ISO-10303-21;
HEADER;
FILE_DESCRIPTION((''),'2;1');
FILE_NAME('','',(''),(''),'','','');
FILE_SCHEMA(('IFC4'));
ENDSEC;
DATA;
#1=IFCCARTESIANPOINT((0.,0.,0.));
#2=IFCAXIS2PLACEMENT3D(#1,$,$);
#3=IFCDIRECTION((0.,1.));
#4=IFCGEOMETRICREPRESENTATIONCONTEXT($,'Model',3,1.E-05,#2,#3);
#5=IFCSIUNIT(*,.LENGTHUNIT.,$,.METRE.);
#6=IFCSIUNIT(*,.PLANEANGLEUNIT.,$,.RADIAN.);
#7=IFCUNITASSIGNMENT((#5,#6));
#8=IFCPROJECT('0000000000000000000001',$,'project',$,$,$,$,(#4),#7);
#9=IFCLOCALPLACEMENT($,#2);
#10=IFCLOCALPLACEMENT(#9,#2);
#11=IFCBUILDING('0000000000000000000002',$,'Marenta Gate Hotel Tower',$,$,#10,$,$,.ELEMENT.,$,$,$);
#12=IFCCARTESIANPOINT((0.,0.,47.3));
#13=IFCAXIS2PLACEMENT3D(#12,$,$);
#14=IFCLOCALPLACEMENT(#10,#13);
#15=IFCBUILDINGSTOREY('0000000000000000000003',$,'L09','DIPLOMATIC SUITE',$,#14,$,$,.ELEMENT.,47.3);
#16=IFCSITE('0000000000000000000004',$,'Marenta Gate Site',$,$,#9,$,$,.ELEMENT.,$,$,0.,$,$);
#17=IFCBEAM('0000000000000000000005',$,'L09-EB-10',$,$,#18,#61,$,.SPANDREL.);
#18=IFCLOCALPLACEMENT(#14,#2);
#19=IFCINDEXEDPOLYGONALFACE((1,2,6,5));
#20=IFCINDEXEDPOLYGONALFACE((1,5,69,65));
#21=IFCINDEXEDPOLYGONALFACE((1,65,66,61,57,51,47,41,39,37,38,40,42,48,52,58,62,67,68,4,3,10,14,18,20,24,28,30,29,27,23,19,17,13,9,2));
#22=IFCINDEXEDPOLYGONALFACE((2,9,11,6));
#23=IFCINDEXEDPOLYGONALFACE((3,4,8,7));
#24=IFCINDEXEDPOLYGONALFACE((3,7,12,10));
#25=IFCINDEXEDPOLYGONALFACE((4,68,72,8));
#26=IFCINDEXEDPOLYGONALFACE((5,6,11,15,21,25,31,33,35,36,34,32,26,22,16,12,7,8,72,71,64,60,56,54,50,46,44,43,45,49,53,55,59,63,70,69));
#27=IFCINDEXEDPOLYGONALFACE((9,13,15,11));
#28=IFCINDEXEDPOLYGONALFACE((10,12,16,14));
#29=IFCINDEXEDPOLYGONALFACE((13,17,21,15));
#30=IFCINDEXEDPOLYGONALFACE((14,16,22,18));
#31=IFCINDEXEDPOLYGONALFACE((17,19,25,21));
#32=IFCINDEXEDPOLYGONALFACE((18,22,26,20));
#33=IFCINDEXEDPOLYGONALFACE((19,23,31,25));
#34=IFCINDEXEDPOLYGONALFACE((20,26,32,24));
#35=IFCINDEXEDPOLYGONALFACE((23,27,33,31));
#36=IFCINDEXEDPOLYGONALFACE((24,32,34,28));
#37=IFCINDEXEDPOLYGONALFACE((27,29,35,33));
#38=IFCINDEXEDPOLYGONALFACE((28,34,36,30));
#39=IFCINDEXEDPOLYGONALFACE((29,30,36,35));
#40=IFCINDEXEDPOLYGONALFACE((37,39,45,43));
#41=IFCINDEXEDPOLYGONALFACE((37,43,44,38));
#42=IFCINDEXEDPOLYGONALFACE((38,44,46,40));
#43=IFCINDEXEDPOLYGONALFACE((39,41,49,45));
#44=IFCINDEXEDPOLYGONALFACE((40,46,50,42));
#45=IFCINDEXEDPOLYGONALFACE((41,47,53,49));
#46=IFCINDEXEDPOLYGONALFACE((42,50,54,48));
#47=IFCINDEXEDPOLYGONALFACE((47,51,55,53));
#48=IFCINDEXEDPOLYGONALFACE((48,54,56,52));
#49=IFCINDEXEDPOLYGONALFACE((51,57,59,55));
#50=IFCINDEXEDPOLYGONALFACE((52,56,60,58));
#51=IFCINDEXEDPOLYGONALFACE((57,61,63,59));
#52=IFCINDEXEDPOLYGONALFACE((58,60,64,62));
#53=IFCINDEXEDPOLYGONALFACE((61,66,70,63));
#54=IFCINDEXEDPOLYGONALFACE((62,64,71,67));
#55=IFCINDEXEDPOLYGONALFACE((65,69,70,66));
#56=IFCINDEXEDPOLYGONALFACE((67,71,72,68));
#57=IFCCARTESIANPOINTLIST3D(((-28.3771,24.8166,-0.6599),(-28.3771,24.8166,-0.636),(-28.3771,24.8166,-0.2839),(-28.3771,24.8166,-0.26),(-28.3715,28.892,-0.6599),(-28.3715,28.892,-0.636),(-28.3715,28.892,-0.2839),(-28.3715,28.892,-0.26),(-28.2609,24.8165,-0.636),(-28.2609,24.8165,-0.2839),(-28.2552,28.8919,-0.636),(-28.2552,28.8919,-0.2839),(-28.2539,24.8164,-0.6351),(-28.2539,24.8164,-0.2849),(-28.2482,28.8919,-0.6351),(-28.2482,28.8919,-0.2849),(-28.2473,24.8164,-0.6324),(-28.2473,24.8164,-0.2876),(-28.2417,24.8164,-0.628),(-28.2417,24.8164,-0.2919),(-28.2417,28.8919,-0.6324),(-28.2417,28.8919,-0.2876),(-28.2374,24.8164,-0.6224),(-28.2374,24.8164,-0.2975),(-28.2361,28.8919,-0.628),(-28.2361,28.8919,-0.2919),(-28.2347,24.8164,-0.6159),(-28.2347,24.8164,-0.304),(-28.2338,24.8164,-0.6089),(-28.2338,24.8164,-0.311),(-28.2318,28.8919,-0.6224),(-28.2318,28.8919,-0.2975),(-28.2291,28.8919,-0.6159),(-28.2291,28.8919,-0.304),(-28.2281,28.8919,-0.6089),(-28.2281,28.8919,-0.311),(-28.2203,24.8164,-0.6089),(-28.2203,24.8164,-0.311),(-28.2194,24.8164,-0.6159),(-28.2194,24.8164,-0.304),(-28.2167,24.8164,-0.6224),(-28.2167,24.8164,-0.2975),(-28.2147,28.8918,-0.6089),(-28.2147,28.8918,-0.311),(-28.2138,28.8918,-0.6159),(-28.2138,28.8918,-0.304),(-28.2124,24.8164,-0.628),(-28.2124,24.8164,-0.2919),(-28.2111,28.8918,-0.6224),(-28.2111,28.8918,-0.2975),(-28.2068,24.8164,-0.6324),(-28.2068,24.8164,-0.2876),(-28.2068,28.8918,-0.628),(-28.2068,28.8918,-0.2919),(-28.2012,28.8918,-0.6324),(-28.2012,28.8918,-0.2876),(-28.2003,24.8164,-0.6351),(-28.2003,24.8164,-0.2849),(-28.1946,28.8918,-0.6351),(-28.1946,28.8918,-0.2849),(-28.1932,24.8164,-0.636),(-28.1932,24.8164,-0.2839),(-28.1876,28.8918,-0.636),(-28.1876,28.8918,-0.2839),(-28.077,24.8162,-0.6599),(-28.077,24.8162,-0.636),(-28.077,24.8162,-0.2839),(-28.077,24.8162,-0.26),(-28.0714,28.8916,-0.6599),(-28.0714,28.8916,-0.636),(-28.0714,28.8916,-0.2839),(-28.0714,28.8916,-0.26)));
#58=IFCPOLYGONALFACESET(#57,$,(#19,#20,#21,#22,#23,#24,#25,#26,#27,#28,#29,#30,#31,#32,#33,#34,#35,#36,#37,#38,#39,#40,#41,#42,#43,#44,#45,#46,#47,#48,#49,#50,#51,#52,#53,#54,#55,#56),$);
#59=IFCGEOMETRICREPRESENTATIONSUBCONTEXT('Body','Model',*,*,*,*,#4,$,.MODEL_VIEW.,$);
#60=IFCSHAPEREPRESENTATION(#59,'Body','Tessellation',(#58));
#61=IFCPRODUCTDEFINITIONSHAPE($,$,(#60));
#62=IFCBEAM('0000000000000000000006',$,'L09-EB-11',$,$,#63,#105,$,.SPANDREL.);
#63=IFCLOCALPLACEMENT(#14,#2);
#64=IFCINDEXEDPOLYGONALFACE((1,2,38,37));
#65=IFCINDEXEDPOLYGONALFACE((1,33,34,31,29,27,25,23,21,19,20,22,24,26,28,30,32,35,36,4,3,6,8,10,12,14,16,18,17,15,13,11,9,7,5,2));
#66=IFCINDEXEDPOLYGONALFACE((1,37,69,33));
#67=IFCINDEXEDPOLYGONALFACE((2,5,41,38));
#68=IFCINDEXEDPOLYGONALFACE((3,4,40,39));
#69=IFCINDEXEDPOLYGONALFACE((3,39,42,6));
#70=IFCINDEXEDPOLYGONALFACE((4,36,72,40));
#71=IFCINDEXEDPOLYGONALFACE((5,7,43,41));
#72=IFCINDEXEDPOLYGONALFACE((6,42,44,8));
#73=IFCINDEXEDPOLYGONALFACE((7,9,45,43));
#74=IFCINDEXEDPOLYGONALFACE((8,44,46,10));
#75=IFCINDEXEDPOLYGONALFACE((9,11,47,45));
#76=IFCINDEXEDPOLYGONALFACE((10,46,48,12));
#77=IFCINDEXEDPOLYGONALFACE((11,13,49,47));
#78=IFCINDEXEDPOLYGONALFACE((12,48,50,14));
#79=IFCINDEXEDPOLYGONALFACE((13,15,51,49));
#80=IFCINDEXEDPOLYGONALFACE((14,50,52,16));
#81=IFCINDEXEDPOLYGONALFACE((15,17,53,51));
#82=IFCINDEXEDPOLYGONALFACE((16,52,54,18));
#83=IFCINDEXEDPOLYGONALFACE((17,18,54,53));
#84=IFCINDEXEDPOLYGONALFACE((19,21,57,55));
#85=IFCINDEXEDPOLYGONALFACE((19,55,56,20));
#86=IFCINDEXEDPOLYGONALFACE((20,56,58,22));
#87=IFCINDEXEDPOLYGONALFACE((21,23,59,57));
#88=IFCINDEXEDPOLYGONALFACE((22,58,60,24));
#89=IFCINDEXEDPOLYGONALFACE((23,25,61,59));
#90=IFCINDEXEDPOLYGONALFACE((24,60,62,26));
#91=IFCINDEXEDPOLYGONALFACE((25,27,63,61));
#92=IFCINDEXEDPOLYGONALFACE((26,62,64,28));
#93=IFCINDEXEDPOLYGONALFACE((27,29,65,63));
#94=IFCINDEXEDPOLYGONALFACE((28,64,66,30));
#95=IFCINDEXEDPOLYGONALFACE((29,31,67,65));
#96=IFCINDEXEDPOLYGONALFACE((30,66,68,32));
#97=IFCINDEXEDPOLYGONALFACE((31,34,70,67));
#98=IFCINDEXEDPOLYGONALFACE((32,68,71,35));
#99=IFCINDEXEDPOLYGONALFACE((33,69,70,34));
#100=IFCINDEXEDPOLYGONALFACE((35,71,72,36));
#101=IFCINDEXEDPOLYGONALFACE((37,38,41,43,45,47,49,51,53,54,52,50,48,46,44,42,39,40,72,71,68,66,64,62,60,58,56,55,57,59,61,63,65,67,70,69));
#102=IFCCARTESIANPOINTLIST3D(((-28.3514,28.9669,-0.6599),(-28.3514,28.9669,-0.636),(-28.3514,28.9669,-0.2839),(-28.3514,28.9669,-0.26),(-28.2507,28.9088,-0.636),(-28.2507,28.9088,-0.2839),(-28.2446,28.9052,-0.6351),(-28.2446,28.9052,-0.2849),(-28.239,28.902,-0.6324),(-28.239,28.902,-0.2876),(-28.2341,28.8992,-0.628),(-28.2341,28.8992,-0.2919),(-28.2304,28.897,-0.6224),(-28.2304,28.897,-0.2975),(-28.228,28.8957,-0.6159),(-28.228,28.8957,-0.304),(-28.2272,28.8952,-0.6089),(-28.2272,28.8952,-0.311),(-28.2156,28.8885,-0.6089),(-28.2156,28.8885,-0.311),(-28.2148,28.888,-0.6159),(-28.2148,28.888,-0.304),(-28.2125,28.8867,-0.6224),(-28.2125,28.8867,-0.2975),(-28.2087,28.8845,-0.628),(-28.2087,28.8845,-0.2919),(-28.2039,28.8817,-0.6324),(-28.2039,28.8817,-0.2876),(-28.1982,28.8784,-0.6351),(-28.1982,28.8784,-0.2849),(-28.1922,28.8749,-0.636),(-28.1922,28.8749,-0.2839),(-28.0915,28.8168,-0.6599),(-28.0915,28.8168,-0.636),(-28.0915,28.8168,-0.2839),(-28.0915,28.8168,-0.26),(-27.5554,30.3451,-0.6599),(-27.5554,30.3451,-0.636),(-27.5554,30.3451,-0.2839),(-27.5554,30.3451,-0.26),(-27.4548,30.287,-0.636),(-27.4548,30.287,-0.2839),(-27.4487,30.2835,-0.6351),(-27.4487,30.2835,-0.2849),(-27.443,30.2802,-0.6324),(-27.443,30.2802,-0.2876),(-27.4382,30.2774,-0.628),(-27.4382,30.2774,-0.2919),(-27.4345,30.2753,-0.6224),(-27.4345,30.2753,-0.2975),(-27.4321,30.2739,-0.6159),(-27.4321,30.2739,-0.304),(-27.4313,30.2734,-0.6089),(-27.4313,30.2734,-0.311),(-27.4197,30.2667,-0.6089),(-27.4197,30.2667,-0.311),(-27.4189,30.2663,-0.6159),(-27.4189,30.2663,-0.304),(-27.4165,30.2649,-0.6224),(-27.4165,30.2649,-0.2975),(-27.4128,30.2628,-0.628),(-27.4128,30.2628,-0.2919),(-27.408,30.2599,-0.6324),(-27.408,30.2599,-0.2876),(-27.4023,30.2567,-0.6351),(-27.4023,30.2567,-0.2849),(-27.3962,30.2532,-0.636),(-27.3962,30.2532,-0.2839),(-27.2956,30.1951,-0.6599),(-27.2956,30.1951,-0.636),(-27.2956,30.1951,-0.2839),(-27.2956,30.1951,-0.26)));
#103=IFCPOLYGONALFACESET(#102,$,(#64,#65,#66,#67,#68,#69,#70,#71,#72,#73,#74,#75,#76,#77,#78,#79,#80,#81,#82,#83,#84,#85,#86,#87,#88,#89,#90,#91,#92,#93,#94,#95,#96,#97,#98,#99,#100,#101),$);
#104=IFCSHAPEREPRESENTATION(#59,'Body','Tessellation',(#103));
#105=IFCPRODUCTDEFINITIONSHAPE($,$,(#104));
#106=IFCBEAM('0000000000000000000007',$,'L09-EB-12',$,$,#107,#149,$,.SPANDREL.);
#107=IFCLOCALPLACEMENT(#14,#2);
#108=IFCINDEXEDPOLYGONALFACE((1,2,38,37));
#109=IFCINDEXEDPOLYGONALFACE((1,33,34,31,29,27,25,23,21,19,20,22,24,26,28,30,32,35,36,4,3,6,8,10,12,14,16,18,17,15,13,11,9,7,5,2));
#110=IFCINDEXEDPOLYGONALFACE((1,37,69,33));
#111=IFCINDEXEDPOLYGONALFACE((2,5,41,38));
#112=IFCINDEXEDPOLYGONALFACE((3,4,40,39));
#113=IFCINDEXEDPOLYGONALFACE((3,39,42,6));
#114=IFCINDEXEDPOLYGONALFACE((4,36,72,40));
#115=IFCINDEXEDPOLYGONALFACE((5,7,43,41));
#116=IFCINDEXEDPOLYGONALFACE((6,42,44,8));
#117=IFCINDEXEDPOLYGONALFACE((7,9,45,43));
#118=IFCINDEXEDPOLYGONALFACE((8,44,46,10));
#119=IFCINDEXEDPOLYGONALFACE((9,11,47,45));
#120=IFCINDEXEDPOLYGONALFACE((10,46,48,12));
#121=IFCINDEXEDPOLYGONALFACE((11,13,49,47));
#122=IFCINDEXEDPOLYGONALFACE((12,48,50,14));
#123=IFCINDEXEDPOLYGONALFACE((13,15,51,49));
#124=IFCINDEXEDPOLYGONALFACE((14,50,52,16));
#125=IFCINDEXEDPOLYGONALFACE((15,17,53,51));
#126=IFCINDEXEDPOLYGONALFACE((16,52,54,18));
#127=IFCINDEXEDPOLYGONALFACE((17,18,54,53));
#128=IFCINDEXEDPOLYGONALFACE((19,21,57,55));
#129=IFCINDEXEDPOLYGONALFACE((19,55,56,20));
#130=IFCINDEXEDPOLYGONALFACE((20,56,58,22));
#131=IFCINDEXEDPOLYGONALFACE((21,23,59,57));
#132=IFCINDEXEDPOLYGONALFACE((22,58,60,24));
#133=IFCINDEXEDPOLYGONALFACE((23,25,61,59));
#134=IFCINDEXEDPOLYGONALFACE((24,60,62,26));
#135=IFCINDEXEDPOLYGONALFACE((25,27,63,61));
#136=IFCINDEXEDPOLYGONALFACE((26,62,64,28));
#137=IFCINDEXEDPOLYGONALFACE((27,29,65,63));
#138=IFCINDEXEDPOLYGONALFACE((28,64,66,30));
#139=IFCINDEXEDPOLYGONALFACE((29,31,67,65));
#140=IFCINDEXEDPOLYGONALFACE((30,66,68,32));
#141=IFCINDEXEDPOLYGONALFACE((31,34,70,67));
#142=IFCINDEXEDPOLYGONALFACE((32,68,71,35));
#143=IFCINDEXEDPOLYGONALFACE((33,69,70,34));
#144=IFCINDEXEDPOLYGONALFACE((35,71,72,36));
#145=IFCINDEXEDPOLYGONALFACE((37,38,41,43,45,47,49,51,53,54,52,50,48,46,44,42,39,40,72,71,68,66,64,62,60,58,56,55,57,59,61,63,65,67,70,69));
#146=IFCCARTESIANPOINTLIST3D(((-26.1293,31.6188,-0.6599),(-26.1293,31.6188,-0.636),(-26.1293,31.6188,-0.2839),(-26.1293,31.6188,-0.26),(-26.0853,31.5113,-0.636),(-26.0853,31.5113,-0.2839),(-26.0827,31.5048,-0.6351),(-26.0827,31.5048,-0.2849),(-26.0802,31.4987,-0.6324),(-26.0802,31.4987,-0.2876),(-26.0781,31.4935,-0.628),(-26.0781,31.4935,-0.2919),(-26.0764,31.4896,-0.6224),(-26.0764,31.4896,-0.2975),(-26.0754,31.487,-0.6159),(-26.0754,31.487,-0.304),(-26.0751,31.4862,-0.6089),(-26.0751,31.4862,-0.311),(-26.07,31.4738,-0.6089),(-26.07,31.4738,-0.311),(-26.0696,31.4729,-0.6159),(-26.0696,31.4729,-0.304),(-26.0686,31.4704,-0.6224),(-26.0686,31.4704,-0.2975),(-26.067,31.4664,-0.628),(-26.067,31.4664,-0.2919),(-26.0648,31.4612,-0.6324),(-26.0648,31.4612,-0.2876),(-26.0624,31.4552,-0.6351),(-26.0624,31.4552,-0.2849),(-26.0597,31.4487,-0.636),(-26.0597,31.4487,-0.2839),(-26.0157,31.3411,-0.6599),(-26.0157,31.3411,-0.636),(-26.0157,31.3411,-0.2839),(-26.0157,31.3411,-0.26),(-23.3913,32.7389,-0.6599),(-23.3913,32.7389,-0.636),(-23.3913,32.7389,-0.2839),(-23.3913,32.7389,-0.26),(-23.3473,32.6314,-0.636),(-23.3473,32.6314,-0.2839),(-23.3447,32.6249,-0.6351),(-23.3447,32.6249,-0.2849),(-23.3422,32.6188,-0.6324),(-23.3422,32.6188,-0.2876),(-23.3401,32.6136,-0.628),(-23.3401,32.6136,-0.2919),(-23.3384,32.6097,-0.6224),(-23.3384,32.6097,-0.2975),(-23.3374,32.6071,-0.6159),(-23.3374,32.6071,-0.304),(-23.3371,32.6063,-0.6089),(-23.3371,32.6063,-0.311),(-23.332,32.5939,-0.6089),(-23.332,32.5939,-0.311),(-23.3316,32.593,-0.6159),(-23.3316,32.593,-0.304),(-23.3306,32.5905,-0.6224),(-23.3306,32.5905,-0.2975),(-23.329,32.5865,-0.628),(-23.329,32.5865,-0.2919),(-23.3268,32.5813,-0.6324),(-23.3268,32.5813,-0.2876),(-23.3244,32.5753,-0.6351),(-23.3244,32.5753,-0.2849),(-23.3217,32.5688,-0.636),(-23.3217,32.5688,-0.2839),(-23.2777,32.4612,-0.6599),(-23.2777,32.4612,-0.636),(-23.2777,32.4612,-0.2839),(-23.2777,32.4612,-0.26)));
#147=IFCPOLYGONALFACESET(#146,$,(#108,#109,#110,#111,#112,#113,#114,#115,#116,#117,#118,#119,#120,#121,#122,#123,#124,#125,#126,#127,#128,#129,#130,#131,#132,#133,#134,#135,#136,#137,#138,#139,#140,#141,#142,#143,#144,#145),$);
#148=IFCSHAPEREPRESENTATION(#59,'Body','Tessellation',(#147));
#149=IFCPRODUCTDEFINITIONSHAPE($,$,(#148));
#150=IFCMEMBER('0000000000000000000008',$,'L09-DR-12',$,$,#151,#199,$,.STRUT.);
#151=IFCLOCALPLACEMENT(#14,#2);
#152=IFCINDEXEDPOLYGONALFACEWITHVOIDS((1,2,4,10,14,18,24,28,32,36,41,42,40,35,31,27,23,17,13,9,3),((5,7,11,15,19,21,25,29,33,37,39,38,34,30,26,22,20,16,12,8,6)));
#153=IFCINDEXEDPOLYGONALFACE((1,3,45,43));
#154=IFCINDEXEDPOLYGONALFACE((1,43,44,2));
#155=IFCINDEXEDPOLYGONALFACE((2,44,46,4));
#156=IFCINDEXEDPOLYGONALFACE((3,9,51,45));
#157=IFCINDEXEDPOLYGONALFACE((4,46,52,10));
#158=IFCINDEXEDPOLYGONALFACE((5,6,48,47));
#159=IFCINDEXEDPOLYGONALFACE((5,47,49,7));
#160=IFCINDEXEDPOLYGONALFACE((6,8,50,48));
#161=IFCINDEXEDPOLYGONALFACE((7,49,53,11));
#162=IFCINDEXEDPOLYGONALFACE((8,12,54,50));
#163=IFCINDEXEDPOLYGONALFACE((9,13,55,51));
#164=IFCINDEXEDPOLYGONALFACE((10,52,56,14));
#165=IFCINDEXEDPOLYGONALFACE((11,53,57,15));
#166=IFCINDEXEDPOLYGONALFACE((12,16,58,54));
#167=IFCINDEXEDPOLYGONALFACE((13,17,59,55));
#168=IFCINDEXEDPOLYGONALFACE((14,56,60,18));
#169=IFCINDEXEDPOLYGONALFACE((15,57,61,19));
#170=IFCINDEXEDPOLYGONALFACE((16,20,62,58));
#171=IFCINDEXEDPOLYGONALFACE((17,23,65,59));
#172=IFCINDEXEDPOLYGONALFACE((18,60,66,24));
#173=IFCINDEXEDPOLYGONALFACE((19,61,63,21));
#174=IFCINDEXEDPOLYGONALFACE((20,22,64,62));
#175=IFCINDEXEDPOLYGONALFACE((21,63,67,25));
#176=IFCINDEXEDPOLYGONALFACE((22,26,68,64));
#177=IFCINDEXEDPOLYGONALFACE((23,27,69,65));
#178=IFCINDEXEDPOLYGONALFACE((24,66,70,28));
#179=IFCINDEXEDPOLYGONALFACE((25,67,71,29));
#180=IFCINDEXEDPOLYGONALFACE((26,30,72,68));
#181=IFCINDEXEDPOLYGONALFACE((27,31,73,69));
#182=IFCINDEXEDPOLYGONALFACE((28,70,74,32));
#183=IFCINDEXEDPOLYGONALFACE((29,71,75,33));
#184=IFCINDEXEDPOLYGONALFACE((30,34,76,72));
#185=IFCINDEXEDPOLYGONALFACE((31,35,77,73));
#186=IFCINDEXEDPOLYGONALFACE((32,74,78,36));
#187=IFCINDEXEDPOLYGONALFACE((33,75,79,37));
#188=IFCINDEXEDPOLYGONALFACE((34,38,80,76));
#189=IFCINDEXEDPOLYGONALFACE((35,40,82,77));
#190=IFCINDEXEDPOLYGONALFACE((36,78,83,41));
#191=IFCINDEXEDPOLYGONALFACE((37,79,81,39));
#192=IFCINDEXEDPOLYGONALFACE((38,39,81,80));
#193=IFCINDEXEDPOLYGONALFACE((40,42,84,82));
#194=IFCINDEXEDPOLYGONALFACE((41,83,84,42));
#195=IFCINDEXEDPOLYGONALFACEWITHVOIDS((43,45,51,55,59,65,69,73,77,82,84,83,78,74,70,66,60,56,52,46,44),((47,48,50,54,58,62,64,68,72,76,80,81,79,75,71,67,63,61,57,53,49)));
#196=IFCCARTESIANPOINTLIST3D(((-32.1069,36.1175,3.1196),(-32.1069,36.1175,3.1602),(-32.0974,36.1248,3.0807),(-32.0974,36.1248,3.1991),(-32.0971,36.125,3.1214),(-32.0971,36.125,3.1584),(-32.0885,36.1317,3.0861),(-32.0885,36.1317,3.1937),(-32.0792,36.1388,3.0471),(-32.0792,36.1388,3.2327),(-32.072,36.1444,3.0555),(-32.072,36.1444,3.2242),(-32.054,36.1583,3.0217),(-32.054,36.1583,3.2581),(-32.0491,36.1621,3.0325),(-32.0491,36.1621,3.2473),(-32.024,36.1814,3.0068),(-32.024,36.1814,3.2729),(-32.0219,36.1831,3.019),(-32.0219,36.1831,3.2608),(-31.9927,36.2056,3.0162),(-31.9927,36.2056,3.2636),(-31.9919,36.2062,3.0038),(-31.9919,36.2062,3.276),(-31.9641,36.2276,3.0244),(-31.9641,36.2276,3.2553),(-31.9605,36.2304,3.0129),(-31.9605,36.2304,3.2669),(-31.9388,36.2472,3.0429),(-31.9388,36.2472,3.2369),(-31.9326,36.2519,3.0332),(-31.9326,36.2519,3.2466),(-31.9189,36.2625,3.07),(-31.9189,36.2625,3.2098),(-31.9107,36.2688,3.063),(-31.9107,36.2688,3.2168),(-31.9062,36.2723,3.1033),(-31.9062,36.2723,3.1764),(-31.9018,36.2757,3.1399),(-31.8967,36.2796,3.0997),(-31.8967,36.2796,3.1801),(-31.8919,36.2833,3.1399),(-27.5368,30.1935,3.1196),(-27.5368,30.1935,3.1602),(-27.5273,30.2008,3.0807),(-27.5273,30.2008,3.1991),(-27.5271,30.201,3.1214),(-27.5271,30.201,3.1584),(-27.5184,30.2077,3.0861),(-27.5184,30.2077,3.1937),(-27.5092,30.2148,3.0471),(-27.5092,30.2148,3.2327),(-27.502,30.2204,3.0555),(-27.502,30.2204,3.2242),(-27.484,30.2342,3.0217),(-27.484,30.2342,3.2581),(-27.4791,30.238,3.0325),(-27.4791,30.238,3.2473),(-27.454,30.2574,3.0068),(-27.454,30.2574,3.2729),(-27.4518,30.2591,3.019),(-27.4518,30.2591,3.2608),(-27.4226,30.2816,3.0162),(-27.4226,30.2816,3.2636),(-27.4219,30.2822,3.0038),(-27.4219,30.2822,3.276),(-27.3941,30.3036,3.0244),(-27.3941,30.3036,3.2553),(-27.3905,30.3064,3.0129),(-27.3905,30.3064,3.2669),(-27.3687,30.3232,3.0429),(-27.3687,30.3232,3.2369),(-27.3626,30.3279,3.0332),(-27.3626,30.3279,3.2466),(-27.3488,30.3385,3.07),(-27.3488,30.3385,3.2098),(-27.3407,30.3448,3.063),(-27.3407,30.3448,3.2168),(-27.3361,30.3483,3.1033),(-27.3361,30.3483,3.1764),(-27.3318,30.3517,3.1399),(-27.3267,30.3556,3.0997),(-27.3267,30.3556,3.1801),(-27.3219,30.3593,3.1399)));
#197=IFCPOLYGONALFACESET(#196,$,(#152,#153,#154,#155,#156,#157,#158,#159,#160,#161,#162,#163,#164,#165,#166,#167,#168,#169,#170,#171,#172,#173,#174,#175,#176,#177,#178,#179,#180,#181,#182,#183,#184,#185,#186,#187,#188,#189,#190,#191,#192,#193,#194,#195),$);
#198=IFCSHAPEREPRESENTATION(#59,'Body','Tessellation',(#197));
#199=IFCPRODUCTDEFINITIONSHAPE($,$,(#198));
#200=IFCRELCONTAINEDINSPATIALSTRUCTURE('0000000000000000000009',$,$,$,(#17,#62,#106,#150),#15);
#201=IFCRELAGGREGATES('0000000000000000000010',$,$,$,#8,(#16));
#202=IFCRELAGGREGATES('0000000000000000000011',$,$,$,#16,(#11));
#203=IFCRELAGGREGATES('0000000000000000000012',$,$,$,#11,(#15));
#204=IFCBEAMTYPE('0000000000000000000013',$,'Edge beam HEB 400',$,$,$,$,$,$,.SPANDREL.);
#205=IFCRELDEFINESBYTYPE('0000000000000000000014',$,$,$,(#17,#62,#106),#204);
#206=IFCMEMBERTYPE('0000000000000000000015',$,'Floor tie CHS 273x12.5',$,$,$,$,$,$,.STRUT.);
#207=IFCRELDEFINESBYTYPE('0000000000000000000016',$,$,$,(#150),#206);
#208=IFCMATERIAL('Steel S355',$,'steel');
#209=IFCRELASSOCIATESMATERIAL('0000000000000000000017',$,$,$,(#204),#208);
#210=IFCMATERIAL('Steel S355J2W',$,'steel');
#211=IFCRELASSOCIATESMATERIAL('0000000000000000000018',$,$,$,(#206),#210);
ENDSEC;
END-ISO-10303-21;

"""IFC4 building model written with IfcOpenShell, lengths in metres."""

from ifc_helpers import new_model, si_unit, direction, frame, origin, origin_2d, place, context, subcontext, project, spatial, hollow_circle, i_section, extrude, material, material_profile, profile_set, type_object, element, save


model = new_model("IFC4")

# Units and contexts
model_context = context("Model", 3, precision=1e-05, world=origin(), true_north=direction((0.0, 1.0)))
body_context = subcontext(model_context, "Body", "Model", "MODEL_VIEW")
ifc_project = project(units=[si_unit("LENGTHUNIT", "METRE"), si_unit("PLANEANGLEUNIT", "RADIAN")], contexts=[model_context])

# Site, building, storey
site_placement = place(None, origin())
site = spatial("IfcSite", under=ifc_project, at=site_placement, Name="Marenta Gate Site", CompositionType="ELEMENT", RefElevation=0.0)
building_placement = place(site_placement, origin())
building = spatial("IfcBuilding", under=site, at=building_placement, Name="Marenta Gate Hotel Tower", CompositionType="ELEMENT")
storey_placement = place(building_placement, frame((0.0, 0.0, 47.3)))
storey = spatial("IfcBuildingStorey", under=building, at=storey_placement, Name="L09", Description="DIPLOMATIC SUITE", CompositionType="ELEMENT", Elevation=47.3)

# Beams
ifc_material_1 = material(Name="Steel S355", Category="steel")
ifc_material_profile_1 = material_profile(ifc_material_1, i_section(OverallWidth=0.3, OverallDepth=0.3999, WebThickness=0.0134, FlangeThickness=0.0239, FilletRadius=0.0271, at=origin_2d()), Name="HEB 400")
ifc_profile_set_1 = profile_set([ifc_material_profile_1], Name="Steel S355")
beam_type_1 = type_object("IfcBeamType", Name="Edge beam HEB 400", PredefinedType="SPANDREL", material=ifc_profile_set_1)
beam_1_placement = place(storey_placement, frame((-28.2271, 24.8164, -0.46), z_axis=(0.001378, 0.999999, 0.0), x_axis=(-0.999999, 0.001378, 0.0)))
element("IfcBeam", 1, at=beam_1_placement, inside=storey, type_object=beam_type_1, Name="L09-EB-10", PredefinedType="SPANDREL", context=body_context, shape_type="SweptSolid", body=[
    extrude(i_section(OverallWidth=0.3, OverallDepth=0.3999, WebThickness=0.0134, FlangeThickness=0.0239, FilletRadius=0.0271, at=origin_2d()), origin(), (0.0, 0.0, 1.0), 4.0754),
])
beam_2_placement = place(storey_placement, frame((-28.2214, 28.8918, -0.46), z_axis=(0.500099, 0.865968, 0.0), x_axis=(-0.865968, 0.500099, 0.0)))
element("IfcBeam", 2, at=beam_2_placement, inside=storey, type_object=beam_type_1, Name="L09-EB-11", PredefinedType="SPANDREL", context=body_context, shape_type="SweptSolid", body=[
    extrude(i_section(OverallWidth=0.3, OverallDepth=0.3999, WebThickness=0.0134, FlangeThickness=0.0239, FilletRadius=0.0271, at=origin_2d()), origin(), (0.0, 0.0, 1.0), 1.5916),
])
beam_3_placement = place(storey_placement, frame((-26.0725, 31.48, -0.46), z_axis=(0.925546, 0.378636, 0.0), x_axis=(-0.378636, 0.925546, 0.0)))
element("IfcBeam", 3, at=beam_3_placement, inside=storey, type_object=beam_type_1, Name="L09-EB-12", PredefinedType="SPANDREL", context=body_context, shape_type="SweptSolid", body=[
    extrude(i_section(OverallWidth=0.3, OverallDepth=0.3999, WebThickness=0.0134, FlangeThickness=0.0239, FilletRadius=0.0271, at=origin_2d()), origin(), (0.0, 0.0, 1.0), 2.9583),
])

# Member
ifc_material_2 = material(Name="Steel S355J2W", Category="steel")
ifc_material_profile_2 = material_profile(ifc_material_2, hollow_circle(Radius=0.1365, WallThickness=0.0125, at=origin_2d()), Name="CHS 273x12.5")
ifc_profile_set_2 = profile_set([ifc_material_profile_2], Name="Steel S355J2W")
member_type_1 = type_object("IfcMemberType", Name="Floor tie CHS 273x12.5", PredefinedType="STRUT", material=ifc_profile_set_2)
member_1_placement = place(storey_placement, frame((-32.0, 36.2, 3.1399), z_axis=(0.610809, -0.791778, 0.0), x_axis=(0.791778, 0.610809, 0.0)))
element("IfcMember", 4, at=member_1_placement, inside=storey, type_object=member_type_1, Name="L09-DR-12", PredefinedType="STRUT", context=body_context, shape_type="SweptSolid", body=[
    extrude(hollow_circle(Radius=0.1365, WallThickness=0.0125, at=origin_2d()), origin(), (0.0, 0.0, 1.0), 7.4819),
])

save(model, "model.ifc")
